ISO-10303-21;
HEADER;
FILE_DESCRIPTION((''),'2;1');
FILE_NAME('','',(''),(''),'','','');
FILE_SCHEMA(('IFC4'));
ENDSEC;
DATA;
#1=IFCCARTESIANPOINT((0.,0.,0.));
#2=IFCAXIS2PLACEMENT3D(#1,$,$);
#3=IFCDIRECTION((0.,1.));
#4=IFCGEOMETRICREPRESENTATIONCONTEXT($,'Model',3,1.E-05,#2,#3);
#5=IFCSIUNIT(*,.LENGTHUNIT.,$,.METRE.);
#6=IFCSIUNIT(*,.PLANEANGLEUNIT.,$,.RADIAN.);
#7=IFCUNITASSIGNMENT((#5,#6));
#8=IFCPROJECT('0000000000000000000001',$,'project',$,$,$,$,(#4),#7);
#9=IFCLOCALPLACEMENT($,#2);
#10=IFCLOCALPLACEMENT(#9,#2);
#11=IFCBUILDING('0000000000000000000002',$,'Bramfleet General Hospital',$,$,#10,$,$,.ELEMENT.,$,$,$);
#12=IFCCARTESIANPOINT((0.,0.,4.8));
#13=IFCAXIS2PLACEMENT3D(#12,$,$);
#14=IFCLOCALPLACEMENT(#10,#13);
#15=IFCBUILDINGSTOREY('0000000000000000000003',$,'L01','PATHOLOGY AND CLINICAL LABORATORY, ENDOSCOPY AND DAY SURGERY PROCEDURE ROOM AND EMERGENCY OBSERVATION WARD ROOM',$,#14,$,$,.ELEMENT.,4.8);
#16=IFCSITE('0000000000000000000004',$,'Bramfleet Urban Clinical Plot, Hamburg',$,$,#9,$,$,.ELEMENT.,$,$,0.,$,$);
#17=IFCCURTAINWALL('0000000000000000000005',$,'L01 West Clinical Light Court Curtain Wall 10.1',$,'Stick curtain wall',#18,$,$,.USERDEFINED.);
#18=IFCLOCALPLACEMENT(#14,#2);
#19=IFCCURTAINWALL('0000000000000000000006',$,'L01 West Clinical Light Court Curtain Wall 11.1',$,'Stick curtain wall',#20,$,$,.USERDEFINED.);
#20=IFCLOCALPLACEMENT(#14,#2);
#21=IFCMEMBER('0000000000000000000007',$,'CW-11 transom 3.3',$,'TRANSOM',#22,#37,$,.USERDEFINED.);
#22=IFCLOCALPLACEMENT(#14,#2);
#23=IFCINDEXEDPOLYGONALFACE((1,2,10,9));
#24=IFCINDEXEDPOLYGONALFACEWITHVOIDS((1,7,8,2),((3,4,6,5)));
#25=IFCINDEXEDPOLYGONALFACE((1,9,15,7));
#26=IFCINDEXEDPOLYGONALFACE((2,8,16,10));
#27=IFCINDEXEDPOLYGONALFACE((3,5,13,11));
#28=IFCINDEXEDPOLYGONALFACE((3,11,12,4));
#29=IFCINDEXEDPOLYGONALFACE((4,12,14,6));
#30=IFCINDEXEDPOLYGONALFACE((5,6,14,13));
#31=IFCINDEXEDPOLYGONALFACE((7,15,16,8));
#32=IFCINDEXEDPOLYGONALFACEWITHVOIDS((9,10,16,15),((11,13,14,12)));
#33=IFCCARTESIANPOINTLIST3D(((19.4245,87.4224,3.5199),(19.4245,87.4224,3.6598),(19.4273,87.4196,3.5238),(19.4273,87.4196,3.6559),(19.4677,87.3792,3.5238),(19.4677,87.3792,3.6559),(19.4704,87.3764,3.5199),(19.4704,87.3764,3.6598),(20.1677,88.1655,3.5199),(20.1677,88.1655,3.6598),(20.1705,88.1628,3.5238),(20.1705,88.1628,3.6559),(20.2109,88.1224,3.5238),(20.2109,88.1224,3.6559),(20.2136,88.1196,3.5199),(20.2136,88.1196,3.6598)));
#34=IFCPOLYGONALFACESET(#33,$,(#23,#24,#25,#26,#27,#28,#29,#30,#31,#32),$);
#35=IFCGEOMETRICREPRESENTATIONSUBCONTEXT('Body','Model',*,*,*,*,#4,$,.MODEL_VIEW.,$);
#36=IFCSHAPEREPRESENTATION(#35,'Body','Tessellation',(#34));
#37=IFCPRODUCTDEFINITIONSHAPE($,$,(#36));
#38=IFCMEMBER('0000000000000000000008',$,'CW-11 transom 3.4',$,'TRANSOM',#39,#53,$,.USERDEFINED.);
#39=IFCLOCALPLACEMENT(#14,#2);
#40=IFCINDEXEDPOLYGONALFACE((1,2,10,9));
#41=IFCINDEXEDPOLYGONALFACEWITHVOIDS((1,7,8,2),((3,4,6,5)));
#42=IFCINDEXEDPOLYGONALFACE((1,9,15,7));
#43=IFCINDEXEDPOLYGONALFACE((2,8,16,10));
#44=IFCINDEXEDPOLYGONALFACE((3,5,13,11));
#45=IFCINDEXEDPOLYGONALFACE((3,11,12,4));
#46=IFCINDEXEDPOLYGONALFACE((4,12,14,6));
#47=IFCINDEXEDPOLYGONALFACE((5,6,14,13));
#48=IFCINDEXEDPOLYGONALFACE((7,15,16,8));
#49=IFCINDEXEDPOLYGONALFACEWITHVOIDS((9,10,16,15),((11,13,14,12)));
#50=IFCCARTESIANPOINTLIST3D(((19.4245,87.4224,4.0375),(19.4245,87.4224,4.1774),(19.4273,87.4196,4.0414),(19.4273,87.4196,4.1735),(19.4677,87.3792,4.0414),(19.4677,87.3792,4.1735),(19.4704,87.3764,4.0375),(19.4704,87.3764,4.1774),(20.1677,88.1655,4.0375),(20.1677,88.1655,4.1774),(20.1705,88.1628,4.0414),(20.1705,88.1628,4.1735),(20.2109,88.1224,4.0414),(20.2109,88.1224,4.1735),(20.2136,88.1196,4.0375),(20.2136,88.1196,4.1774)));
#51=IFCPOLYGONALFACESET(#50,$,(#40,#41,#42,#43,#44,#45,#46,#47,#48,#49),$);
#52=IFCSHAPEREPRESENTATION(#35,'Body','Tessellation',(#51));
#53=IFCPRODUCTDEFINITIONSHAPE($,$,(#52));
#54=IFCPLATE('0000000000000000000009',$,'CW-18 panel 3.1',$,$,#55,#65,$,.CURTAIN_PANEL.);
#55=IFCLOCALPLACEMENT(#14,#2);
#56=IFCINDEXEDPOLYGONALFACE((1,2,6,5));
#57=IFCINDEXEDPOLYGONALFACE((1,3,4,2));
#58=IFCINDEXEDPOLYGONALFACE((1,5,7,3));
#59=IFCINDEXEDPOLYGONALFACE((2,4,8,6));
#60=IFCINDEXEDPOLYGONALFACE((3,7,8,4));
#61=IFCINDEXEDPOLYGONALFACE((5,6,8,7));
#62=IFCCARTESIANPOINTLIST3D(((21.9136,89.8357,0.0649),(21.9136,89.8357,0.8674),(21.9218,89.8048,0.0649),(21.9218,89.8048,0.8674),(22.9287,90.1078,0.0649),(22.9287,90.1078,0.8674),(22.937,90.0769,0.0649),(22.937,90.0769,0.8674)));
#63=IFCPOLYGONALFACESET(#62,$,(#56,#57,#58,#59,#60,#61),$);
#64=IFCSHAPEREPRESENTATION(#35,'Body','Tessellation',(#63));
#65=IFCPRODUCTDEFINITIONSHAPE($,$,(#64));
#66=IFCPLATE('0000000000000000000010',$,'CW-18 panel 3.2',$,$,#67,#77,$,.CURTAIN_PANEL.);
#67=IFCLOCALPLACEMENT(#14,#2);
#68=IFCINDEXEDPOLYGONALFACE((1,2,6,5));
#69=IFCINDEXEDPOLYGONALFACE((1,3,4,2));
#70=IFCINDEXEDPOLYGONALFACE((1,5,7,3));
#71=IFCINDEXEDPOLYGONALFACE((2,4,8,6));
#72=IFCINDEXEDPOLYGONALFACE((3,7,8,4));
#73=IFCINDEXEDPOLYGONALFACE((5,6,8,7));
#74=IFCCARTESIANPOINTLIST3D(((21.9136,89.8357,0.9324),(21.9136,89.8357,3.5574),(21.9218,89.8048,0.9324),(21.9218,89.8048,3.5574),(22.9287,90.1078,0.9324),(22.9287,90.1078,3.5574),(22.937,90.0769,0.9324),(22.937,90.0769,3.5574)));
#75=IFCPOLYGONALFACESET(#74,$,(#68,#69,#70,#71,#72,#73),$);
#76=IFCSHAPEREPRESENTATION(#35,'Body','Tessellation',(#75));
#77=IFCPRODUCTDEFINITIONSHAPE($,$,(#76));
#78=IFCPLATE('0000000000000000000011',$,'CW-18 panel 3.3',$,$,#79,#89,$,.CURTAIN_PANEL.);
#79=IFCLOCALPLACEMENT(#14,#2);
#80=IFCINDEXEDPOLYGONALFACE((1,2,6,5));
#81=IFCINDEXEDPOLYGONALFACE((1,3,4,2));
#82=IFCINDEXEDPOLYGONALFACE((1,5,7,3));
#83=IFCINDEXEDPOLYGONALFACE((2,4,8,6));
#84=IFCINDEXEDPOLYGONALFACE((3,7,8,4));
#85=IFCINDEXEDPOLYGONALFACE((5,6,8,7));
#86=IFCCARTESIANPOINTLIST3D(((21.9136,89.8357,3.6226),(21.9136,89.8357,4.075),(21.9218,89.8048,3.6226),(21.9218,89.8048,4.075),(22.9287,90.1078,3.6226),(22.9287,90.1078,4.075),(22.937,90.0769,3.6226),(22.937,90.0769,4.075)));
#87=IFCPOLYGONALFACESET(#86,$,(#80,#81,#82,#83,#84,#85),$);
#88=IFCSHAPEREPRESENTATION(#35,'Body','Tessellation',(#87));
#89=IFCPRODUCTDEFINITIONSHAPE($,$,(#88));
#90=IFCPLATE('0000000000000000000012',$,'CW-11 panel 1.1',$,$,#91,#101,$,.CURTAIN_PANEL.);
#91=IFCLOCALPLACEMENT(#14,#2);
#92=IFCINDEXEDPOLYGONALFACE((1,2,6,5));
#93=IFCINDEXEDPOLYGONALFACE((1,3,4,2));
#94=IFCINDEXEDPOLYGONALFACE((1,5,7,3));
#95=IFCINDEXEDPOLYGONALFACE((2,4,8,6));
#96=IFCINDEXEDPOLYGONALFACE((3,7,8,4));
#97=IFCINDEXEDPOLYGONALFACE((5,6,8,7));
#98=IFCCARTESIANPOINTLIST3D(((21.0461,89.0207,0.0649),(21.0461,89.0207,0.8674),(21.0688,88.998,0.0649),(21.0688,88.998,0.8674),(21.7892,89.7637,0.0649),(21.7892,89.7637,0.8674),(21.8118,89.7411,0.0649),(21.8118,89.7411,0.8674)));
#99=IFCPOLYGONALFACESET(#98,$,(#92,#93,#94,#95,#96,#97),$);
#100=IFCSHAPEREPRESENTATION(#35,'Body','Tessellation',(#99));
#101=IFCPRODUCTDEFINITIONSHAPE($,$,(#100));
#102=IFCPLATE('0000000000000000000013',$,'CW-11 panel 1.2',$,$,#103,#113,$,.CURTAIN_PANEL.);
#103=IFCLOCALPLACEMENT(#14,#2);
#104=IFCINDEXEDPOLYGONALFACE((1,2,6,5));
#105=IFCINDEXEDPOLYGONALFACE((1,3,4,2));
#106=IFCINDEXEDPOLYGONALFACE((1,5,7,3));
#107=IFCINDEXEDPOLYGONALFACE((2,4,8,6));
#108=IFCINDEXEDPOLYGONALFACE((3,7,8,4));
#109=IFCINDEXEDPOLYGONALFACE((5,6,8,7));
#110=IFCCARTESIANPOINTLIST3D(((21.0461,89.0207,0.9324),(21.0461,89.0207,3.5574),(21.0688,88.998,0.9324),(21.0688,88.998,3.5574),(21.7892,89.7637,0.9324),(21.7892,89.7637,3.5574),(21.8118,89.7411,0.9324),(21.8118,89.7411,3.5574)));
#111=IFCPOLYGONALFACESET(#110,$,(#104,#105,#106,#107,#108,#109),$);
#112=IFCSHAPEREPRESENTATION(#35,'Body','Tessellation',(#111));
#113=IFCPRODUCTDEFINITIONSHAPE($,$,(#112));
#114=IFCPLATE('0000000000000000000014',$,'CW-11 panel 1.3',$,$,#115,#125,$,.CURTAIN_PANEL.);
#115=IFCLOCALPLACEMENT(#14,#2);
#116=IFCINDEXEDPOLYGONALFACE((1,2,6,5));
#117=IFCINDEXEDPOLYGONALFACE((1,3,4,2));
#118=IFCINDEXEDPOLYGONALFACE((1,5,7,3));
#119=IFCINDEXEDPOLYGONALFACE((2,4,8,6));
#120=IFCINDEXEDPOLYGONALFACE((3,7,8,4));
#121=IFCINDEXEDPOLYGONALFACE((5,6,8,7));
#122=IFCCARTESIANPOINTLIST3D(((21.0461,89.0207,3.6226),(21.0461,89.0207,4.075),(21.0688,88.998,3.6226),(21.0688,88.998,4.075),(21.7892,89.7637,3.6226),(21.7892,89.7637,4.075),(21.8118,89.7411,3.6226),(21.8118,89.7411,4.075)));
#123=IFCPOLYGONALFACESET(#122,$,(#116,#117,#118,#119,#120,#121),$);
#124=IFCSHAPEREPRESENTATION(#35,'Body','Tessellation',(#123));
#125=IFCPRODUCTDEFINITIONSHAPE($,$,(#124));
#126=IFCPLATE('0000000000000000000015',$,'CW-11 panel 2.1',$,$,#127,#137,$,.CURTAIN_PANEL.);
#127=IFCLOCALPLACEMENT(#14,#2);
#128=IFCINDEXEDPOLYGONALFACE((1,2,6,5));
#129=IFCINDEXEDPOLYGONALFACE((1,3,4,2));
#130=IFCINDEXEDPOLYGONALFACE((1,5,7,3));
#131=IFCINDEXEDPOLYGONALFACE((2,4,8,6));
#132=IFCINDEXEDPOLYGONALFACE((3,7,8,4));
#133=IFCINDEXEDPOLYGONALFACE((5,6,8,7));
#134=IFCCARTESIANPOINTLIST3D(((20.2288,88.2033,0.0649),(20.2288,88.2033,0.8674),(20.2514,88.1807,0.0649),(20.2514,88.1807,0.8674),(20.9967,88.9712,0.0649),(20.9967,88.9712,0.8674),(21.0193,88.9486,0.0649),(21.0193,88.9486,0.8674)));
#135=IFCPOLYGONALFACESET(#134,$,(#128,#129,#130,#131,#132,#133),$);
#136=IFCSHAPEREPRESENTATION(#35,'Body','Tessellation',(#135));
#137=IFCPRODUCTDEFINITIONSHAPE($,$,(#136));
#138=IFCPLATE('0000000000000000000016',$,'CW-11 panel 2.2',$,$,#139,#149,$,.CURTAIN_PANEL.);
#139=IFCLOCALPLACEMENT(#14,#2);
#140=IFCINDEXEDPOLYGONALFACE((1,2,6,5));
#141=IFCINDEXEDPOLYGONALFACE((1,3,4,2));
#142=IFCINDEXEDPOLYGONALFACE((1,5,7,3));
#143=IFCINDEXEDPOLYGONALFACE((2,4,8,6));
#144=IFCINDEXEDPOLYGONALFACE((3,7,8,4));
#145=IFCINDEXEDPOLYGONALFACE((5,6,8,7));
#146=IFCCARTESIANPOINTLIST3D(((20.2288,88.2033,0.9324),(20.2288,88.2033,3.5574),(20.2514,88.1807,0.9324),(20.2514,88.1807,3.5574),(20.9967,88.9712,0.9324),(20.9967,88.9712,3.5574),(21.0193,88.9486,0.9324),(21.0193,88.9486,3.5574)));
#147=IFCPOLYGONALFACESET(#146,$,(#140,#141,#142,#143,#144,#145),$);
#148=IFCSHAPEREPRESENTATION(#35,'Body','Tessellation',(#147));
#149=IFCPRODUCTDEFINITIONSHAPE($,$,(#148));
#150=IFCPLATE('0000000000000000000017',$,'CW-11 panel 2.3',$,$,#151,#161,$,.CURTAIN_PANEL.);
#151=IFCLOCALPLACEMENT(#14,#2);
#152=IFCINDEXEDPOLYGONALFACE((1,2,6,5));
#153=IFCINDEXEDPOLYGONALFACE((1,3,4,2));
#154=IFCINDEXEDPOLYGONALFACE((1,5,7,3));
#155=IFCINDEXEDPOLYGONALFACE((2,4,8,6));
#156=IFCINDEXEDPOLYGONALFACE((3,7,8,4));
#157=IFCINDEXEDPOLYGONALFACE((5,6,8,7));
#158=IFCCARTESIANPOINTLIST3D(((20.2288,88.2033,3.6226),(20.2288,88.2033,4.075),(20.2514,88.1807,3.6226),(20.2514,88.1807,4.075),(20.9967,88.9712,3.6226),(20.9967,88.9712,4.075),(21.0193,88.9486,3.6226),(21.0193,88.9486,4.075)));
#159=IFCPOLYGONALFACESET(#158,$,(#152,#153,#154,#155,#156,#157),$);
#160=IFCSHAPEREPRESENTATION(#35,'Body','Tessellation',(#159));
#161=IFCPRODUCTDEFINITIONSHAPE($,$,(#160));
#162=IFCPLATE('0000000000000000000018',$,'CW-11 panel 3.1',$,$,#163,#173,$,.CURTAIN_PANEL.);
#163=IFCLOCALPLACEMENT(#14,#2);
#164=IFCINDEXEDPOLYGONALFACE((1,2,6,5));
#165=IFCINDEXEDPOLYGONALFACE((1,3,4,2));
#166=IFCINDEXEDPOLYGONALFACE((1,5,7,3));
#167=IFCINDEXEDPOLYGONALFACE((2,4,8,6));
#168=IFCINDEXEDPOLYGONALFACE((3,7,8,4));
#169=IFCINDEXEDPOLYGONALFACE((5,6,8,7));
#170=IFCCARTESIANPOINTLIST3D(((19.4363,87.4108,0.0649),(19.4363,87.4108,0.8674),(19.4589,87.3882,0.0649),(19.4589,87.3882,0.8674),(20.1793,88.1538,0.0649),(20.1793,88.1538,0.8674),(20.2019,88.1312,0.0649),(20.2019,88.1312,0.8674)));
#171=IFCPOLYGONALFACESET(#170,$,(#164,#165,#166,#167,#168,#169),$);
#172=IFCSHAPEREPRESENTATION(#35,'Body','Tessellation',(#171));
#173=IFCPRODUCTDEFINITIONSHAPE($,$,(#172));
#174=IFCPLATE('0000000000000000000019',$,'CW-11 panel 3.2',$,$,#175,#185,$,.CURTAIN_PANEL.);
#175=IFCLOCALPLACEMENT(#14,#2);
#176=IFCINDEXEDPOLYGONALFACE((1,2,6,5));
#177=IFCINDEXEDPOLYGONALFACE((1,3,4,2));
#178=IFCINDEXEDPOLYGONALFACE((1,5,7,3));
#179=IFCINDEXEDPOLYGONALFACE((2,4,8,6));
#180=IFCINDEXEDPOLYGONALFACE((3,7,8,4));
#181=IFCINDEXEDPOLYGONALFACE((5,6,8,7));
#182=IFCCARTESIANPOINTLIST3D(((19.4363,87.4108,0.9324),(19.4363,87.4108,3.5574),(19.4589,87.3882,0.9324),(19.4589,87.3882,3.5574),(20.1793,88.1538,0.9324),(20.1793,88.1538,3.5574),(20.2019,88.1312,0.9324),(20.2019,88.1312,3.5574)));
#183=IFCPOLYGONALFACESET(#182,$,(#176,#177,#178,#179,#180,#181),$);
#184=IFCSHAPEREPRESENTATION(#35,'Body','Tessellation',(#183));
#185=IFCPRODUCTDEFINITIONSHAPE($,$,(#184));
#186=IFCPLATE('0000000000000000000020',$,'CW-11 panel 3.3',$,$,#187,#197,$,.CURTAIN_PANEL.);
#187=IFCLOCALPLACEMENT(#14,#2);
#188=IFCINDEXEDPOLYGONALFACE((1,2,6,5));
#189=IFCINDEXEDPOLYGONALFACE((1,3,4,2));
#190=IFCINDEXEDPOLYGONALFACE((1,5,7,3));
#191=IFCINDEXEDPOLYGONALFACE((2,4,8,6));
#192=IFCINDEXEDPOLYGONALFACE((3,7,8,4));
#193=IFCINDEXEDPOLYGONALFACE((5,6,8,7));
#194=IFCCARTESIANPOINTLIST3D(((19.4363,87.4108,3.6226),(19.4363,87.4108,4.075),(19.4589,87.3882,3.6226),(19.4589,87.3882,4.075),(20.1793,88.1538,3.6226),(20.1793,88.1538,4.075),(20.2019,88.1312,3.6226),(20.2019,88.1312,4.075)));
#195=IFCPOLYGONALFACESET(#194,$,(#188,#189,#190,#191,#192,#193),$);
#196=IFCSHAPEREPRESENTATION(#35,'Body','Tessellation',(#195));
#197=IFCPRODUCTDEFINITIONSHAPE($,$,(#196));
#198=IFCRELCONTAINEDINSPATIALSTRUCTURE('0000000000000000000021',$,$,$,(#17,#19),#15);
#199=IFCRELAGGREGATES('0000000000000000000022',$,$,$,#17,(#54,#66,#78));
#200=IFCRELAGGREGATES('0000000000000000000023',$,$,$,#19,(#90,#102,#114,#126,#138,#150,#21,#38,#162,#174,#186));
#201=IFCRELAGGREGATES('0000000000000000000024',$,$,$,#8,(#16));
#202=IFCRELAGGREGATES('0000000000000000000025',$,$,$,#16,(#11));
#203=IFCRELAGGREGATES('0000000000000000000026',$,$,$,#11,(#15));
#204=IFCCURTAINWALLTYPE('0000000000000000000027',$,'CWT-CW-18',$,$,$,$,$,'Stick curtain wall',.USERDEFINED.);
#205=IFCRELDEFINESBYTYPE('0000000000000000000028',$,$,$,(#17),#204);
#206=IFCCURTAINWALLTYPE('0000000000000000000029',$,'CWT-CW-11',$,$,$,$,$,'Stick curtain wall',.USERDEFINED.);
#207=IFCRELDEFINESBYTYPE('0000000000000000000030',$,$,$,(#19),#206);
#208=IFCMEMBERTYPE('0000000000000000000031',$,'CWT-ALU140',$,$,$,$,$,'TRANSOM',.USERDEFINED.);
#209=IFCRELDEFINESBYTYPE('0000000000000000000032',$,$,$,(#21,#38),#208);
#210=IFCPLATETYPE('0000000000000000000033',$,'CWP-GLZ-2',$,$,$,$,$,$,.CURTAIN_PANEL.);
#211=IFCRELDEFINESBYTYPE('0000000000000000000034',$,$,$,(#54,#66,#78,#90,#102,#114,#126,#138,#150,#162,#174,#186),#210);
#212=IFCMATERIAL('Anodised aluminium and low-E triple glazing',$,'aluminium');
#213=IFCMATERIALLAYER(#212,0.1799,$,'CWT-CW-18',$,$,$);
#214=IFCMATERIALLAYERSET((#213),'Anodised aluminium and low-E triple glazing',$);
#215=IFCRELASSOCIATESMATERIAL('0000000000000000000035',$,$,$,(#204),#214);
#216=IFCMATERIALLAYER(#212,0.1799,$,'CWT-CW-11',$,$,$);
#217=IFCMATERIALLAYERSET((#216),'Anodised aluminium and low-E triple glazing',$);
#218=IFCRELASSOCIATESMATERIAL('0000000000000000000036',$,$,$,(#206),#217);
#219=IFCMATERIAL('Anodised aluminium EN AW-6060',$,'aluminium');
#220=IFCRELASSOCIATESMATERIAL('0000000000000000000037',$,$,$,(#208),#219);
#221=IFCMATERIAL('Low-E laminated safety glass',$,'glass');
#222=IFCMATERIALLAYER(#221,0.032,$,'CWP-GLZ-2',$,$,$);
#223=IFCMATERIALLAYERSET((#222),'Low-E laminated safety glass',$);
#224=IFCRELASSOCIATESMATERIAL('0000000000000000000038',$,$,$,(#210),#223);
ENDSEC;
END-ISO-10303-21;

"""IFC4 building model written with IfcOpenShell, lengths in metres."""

from ifc_helpers import new_model, si_unit, direction, frame, origin, origin_2d, place, context, subcontext, project, spatial, rectangle, hollow_rectangle, extrude, material, layer, layer_set, material_profile, profile_set, type_object, element, aggregate, save


model = new_model("IFC4")

# Units and contexts
model_context = context("Model", 3, precision=1e-05, world=origin(), true_north=direction((0.0, 1.0)))
body_context = subcontext(model_context, "Body", "Model", "MODEL_VIEW")
ifc_project = project(units=[si_unit("LENGTHUNIT", "METRE"), si_unit("PLANEANGLEUNIT", "RADIAN")], contexts=[model_context])

# Site, building, storey
site_placement = place(None, origin())
site = spatial("IfcSite", under=ifc_project, at=site_placement, Name="Bramfleet Urban Clinical Plot, Hamburg", CompositionType="ELEMENT", RefElevation=0.0)
building_placement = place(site_placement, origin())
building = spatial("IfcBuilding", under=site, at=building_placement, Name="Bramfleet General Hospital", CompositionType="ELEMENT")
storey_placement = place(building_placement, frame((0.0, 0.0, 4.8)))
storey = spatial("IfcBuildingStorey", under=building, at=storey_placement, Name="L01", Description="PATHOLOGY AND CLINICAL LABORATORY, ENDOSCOPY AND DAY SURGERY PROCEDURE ROOM AND EMERGENCY OBSERVATION WARD ROOM", CompositionType="ELEMENT", Elevation=4.8)

# Curtain wall
ifc_material_1 = material(Name="Anodised aluminium and low-E triple glazing", Category="aluminium")
ifc_material_2 = material(Name="Anodised aluminium EN AW-6060", Category="aluminium")
ifc_layer_1 = layer(ifc_material_1, 0.1799, Name="CWT-CW-18")
ifc_layer_set_1 = layer_set([ifc_layer_1], Name="Anodised aluminium and low-E triple glazing")
curtain_wall_type_1 = type_object("IfcCurtainWallType", Name="CWT-CW-18", ElementType="Stick curtain wall", PredefinedType="USERDEFINED", material=ifc_layer_set_1)
curtain_wall_1_placement = place(storey_placement, origin())
curtain_wall_1 = element("IfcCurtainWall", 1, at=curtain_wall_1_placement, inside=storey, type_object=curtain_wall_type_1, Name="L01 West Clinical Light Court Curtain Wall 10.1", ObjectType="Stick curtain wall", PredefinedType="USERDEFINED")

# Curtain wall
ifc_layer_2 = layer(ifc_material_1, 0.1799, Name="CWT-CW-11")
ifc_layer_set_2 = layer_set([ifc_layer_2], Name="Anodised aluminium and low-E triple glazing")
curtain_wall_type_2 = type_object("IfcCurtainWallType", Name="CWT-CW-11", ElementType="Stick curtain wall", PredefinedType="USERDEFINED", material=ifc_layer_set_2)
curtain_wall_2_placement = place(storey_placement, origin())
curtain_wall_2 = element("IfcCurtainWall", 2, at=curtain_wall_2_placement, inside=storey, type_object=curtain_wall_type_2, Name="L01 West Clinical Light Court Curtain Wall 11.1", ObjectType="Stick curtain wall", PredefinedType="USERDEFINED")

# Members
ifc_material_profile_1 = material_profile(ifc_material_2, hollow_rectangle(XDim=0.0649, YDim=0.1399, WallThickness=0.0039, at=origin_2d()), Name="ALU 140x65x4.0")
ifc_profile_set_1 = profile_set([ifc_material_profile_1], Name="Anodised aluminium EN AW-6060")
member_type_1 = type_object("IfcMemberType", Name="CWT-ALU140", ElementType="TRANSOM", PredefinedType="USERDEFINED", material=ifc_profile_set_1)
member_1_placement = place(storey_placement, frame((20.1907, 88.1426, 3.5898), z_axis=(-0.707107, -0.707107, 0.0), x_axis=(0.707107, -0.707107, 0.0)))
member_1 = element("IfcMember", 3, at=member_1_placement, type_object=member_type_1, Name="CW-11 transom 3.3", ObjectType="TRANSOM", PredefinedType="USERDEFINED", context=body_context, shape_type="SweptSolid", body=[
    extrude(hollow_rectangle(XDim=0.0649, YDim=0.1399, WallThickness=0.0039, at=origin_2d()), origin(), (0.0, 0.0, 1.0), 1.051),
])
member_2_placement = place(storey_placement, frame((20.1907, 88.1426, 4.1074), z_axis=(-0.707107, -0.707107, 0.0), x_axis=(0.707107, -0.707107, 0.0)))
member_2 = element("IfcMember", 4, at=member_2_placement, type_object=member_type_1, Name="CW-11 transom 3.4", ObjectType="TRANSOM", PredefinedType="USERDEFINED", context=body_context, shape_type="SweptSolid", body=[
    extrude(hollow_rectangle(XDim=0.0649, YDim=0.1399, WallThickness=0.0039, at=origin_2d()), origin(), (0.0, 0.0, 1.0), 1.051),
])

# Plates
ifc_material_3 = material(Name="Low-E laminated safety glass", Category="glass")
ifc_layer_3 = layer(ifc_material_3, 0.032, Name="CWP-GLZ-2")
ifc_layer_set_3 = layer_set([ifc_layer_3], Name="Low-E laminated safety glass")
plate_type = type_object("IfcPlateType", Name="CWP-GLZ-2", PredefinedType="CURTAIN_PANEL", material=ifc_layer_set_3)
plate_1_placement = place(storey_placement, frame((22.4253, 89.9563, 0.0649), z_axis=(0.0, 0.0, 1.0), x_axis=(-0.965899, -0.258919, 0.0)))
plate_1 = element("IfcPlate", 5, at=plate_1_placement, type_object=plate_type, Name="CW-18 panel 3.1", PredefinedType="CURTAIN_PANEL", context=body_context, shape_type="SweptSolid", body=[
    extrude(rectangle(XDim=1.051, YDim=0.032, at=origin_2d()), origin(), (0.0, 0.0, 1.0), 0.8025),
])
plate_2_placement = place(storey_placement, frame((22.4253, 89.9563, 0.9324), z_axis=(0.0, 0.0, 1.0), x_axis=(-0.965899, -0.258919, 0.0)))
plate_2 = element("IfcPlate", 6, at=plate_2_placement, type_object=plate_type, Name="CW-18 panel 3.2", PredefinedType="CURTAIN_PANEL", context=body_context, shape_type="SweptSolid", body=[
    extrude(rectangle(XDim=1.051, YDim=0.032, at=origin_2d()), origin(), (0.0, 0.0, 1.0), 2.625),
])
plate_3_placement = place(storey_placement, frame((22.4253, 89.9563, 3.6226), z_axis=(0.0, 0.0, 1.0), x_axis=(-0.965899, -0.258919, 0.0)))
plate_3 = element("IfcPlate", 7, at=plate_3_placement, type_object=plate_type, Name="CW-18 panel 3.3", PredefinedType="CURTAIN_PANEL", context=body_context, shape_type="SweptSolid", body=[
    extrude(rectangle(XDim=1.051, YDim=0.032, at=origin_2d()), origin(), (0.0, 0.0, 1.0), 0.4524),
])
aggregate(curtain_wall_1, [plate_1, plate_2, plate_3])
plate_4_placement = place(storey_placement, frame((21.429, 89.3809, 0.0649), z_axis=(0.0, 0.0, 1.0), x_axis=(-0.707107, -0.707107, 0.0)))
plate_4 = element("IfcPlate", 8, at=plate_4_placement, type_object=plate_type, Name="CW-11 panel 1.1", PredefinedType="CURTAIN_PANEL", context=body_context, shape_type="SweptSolid", body=[
    extrude(rectangle(XDim=1.0508, YDim=0.032, at=origin_2d()), origin(), (0.0, 0.0, 1.0), 0.8025),
])
plate_5_placement = place(storey_placement, frame((21.429, 89.3809, 0.9324), z_axis=(0.0, 0.0, 1.0), x_axis=(-0.707107, -0.707107, 0.0)))
plate_5 = element("IfcPlate", 9, at=plate_5_placement, type_object=plate_type, Name="CW-11 panel 1.2", PredefinedType="CURTAIN_PANEL", context=body_context, shape_type="SweptSolid", body=[
    extrude(rectangle(XDim=1.0508, YDim=0.032, at=origin_2d()), origin(), (0.0, 0.0, 1.0), 2.625),
])
plate_6_placement = place(storey_placement, frame((21.429, 89.3809, 3.6226), z_axis=(0.0, 0.0, 1.0), x_axis=(-0.707107, -0.707107, 0.0)))
plate_6 = element("IfcPlate", 10, at=plate_6_placement, type_object=plate_type, Name="CW-11 panel 1.3", PredefinedType="CURTAIN_PANEL", context=body_context, shape_type="SweptSolid", body=[
    extrude(rectangle(XDim=1.0508, YDim=0.032, at=origin_2d()), origin(), (0.0, 0.0, 1.0), 0.4524),
])
plate_7_placement = place(storey_placement, frame((20.624, 88.5759, 0.0649), z_axis=(0.0, 0.0, 1.0), x_axis=(-0.707107, -0.707107, 0.0)))
plate_7 = element("IfcPlate", 11, at=plate_7_placement, type_object=plate_type, Name="CW-11 panel 2.1", PredefinedType="CURTAIN_PANEL", context=body_context, shape_type="SweptSolid", body=[
    extrude(rectangle(XDim=1.0859, YDim=0.032, at=origin_2d()), origin(), (0.0, 0.0, 1.0), 0.8025),
])
plate_8_placement = place(storey_placement, frame((20.624, 88.5759, 0.9324), z_axis=(0.0, 0.0, 1.0), x_axis=(-0.707107, -0.707107, 0.0)))
plate_8 = element("IfcPlate", 12, at=plate_8_placement, type_object=plate_type, Name="CW-11 panel 2.2", PredefinedType="CURTAIN_PANEL", context=body_context, shape_type="SweptSolid", body=[
    extrude(rectangle(XDim=1.0859, YDim=0.032, at=origin_2d()), origin(), (0.0, 0.0, 1.0), 2.625),
])
plate_9_placement = place(storey_placement, frame((20.624, 88.5759, 3.6226), z_axis=(0.0, 0.0, 1.0), x_axis=(-0.707107, -0.707107, 0.0)))
plate_9 = element("IfcPlate", 13, at=plate_9_placement, type_object=plate_type, Name="CW-11 panel 2.3", PredefinedType="CURTAIN_PANEL", context=body_context, shape_type="SweptSolid", body=[
    extrude(rectangle(XDim=1.0859, YDim=0.032, at=origin_2d()), origin(), (0.0, 0.0, 1.0), 0.4524),
])
plate_10_placement = place(storey_placement, frame((19.8191, 87.771, 0.0649), z_axis=(0.0, 0.0, 1.0), x_axis=(-0.707107, -0.707107, 0.0)))
plate_10 = element("IfcPlate", 14, at=plate_10_placement, type_object=plate_type, Name="CW-11 panel 3.1", PredefinedType="CURTAIN_PANEL", context=body_context, shape_type="SweptSolid", body=[
    extrude(rectangle(XDim=1.0508, YDim=0.032, at=origin_2d()), origin(), (0.0, 0.0, 1.0), 0.8025),
])
plate_11_placement = place(storey_placement, frame((19.8191, 87.771, 0.9324), z_axis=(0.0, 0.0, 1.0), x_axis=(-0.707107, -0.707107, 0.0)))
plate_11 = element("IfcPlate", 15, at=plate_11_placement, type_object=plate_type, Name="CW-11 panel 3.2", PredefinedType="CURTAIN_PANEL", context=body_context, shape_type="SweptSolid", body=[
    extrude(rectangle(XDim=1.0508, YDim=0.032, at=origin_2d()), origin(), (0.0, 0.0, 1.0), 2.625),
])
plate_12_placement = place(storey_placement, frame((19.8191, 87.771, 3.6226), z_axis=(0.0, 0.0, 1.0), x_axis=(-0.707107, -0.707107, 0.0)))
plate_12 = element("IfcPlate", 16, at=plate_12_placement, type_object=plate_type, Name="CW-11 panel 3.3", PredefinedType="CURTAIN_PANEL", context=body_context, shape_type="SweptSolid", body=[
    extrude(rectangle(XDim=1.0508, YDim=0.032, at=origin_2d()), origin(), (0.0, 0.0, 1.0), 0.4524),
])
aggregate(curtain_wall_2, [plate_4, plate_5, plate_6, plate_7, plate_8, plate_9, member_1, member_2, plate_10, plate_11, plate_12])

save(model, "model.ifc")
